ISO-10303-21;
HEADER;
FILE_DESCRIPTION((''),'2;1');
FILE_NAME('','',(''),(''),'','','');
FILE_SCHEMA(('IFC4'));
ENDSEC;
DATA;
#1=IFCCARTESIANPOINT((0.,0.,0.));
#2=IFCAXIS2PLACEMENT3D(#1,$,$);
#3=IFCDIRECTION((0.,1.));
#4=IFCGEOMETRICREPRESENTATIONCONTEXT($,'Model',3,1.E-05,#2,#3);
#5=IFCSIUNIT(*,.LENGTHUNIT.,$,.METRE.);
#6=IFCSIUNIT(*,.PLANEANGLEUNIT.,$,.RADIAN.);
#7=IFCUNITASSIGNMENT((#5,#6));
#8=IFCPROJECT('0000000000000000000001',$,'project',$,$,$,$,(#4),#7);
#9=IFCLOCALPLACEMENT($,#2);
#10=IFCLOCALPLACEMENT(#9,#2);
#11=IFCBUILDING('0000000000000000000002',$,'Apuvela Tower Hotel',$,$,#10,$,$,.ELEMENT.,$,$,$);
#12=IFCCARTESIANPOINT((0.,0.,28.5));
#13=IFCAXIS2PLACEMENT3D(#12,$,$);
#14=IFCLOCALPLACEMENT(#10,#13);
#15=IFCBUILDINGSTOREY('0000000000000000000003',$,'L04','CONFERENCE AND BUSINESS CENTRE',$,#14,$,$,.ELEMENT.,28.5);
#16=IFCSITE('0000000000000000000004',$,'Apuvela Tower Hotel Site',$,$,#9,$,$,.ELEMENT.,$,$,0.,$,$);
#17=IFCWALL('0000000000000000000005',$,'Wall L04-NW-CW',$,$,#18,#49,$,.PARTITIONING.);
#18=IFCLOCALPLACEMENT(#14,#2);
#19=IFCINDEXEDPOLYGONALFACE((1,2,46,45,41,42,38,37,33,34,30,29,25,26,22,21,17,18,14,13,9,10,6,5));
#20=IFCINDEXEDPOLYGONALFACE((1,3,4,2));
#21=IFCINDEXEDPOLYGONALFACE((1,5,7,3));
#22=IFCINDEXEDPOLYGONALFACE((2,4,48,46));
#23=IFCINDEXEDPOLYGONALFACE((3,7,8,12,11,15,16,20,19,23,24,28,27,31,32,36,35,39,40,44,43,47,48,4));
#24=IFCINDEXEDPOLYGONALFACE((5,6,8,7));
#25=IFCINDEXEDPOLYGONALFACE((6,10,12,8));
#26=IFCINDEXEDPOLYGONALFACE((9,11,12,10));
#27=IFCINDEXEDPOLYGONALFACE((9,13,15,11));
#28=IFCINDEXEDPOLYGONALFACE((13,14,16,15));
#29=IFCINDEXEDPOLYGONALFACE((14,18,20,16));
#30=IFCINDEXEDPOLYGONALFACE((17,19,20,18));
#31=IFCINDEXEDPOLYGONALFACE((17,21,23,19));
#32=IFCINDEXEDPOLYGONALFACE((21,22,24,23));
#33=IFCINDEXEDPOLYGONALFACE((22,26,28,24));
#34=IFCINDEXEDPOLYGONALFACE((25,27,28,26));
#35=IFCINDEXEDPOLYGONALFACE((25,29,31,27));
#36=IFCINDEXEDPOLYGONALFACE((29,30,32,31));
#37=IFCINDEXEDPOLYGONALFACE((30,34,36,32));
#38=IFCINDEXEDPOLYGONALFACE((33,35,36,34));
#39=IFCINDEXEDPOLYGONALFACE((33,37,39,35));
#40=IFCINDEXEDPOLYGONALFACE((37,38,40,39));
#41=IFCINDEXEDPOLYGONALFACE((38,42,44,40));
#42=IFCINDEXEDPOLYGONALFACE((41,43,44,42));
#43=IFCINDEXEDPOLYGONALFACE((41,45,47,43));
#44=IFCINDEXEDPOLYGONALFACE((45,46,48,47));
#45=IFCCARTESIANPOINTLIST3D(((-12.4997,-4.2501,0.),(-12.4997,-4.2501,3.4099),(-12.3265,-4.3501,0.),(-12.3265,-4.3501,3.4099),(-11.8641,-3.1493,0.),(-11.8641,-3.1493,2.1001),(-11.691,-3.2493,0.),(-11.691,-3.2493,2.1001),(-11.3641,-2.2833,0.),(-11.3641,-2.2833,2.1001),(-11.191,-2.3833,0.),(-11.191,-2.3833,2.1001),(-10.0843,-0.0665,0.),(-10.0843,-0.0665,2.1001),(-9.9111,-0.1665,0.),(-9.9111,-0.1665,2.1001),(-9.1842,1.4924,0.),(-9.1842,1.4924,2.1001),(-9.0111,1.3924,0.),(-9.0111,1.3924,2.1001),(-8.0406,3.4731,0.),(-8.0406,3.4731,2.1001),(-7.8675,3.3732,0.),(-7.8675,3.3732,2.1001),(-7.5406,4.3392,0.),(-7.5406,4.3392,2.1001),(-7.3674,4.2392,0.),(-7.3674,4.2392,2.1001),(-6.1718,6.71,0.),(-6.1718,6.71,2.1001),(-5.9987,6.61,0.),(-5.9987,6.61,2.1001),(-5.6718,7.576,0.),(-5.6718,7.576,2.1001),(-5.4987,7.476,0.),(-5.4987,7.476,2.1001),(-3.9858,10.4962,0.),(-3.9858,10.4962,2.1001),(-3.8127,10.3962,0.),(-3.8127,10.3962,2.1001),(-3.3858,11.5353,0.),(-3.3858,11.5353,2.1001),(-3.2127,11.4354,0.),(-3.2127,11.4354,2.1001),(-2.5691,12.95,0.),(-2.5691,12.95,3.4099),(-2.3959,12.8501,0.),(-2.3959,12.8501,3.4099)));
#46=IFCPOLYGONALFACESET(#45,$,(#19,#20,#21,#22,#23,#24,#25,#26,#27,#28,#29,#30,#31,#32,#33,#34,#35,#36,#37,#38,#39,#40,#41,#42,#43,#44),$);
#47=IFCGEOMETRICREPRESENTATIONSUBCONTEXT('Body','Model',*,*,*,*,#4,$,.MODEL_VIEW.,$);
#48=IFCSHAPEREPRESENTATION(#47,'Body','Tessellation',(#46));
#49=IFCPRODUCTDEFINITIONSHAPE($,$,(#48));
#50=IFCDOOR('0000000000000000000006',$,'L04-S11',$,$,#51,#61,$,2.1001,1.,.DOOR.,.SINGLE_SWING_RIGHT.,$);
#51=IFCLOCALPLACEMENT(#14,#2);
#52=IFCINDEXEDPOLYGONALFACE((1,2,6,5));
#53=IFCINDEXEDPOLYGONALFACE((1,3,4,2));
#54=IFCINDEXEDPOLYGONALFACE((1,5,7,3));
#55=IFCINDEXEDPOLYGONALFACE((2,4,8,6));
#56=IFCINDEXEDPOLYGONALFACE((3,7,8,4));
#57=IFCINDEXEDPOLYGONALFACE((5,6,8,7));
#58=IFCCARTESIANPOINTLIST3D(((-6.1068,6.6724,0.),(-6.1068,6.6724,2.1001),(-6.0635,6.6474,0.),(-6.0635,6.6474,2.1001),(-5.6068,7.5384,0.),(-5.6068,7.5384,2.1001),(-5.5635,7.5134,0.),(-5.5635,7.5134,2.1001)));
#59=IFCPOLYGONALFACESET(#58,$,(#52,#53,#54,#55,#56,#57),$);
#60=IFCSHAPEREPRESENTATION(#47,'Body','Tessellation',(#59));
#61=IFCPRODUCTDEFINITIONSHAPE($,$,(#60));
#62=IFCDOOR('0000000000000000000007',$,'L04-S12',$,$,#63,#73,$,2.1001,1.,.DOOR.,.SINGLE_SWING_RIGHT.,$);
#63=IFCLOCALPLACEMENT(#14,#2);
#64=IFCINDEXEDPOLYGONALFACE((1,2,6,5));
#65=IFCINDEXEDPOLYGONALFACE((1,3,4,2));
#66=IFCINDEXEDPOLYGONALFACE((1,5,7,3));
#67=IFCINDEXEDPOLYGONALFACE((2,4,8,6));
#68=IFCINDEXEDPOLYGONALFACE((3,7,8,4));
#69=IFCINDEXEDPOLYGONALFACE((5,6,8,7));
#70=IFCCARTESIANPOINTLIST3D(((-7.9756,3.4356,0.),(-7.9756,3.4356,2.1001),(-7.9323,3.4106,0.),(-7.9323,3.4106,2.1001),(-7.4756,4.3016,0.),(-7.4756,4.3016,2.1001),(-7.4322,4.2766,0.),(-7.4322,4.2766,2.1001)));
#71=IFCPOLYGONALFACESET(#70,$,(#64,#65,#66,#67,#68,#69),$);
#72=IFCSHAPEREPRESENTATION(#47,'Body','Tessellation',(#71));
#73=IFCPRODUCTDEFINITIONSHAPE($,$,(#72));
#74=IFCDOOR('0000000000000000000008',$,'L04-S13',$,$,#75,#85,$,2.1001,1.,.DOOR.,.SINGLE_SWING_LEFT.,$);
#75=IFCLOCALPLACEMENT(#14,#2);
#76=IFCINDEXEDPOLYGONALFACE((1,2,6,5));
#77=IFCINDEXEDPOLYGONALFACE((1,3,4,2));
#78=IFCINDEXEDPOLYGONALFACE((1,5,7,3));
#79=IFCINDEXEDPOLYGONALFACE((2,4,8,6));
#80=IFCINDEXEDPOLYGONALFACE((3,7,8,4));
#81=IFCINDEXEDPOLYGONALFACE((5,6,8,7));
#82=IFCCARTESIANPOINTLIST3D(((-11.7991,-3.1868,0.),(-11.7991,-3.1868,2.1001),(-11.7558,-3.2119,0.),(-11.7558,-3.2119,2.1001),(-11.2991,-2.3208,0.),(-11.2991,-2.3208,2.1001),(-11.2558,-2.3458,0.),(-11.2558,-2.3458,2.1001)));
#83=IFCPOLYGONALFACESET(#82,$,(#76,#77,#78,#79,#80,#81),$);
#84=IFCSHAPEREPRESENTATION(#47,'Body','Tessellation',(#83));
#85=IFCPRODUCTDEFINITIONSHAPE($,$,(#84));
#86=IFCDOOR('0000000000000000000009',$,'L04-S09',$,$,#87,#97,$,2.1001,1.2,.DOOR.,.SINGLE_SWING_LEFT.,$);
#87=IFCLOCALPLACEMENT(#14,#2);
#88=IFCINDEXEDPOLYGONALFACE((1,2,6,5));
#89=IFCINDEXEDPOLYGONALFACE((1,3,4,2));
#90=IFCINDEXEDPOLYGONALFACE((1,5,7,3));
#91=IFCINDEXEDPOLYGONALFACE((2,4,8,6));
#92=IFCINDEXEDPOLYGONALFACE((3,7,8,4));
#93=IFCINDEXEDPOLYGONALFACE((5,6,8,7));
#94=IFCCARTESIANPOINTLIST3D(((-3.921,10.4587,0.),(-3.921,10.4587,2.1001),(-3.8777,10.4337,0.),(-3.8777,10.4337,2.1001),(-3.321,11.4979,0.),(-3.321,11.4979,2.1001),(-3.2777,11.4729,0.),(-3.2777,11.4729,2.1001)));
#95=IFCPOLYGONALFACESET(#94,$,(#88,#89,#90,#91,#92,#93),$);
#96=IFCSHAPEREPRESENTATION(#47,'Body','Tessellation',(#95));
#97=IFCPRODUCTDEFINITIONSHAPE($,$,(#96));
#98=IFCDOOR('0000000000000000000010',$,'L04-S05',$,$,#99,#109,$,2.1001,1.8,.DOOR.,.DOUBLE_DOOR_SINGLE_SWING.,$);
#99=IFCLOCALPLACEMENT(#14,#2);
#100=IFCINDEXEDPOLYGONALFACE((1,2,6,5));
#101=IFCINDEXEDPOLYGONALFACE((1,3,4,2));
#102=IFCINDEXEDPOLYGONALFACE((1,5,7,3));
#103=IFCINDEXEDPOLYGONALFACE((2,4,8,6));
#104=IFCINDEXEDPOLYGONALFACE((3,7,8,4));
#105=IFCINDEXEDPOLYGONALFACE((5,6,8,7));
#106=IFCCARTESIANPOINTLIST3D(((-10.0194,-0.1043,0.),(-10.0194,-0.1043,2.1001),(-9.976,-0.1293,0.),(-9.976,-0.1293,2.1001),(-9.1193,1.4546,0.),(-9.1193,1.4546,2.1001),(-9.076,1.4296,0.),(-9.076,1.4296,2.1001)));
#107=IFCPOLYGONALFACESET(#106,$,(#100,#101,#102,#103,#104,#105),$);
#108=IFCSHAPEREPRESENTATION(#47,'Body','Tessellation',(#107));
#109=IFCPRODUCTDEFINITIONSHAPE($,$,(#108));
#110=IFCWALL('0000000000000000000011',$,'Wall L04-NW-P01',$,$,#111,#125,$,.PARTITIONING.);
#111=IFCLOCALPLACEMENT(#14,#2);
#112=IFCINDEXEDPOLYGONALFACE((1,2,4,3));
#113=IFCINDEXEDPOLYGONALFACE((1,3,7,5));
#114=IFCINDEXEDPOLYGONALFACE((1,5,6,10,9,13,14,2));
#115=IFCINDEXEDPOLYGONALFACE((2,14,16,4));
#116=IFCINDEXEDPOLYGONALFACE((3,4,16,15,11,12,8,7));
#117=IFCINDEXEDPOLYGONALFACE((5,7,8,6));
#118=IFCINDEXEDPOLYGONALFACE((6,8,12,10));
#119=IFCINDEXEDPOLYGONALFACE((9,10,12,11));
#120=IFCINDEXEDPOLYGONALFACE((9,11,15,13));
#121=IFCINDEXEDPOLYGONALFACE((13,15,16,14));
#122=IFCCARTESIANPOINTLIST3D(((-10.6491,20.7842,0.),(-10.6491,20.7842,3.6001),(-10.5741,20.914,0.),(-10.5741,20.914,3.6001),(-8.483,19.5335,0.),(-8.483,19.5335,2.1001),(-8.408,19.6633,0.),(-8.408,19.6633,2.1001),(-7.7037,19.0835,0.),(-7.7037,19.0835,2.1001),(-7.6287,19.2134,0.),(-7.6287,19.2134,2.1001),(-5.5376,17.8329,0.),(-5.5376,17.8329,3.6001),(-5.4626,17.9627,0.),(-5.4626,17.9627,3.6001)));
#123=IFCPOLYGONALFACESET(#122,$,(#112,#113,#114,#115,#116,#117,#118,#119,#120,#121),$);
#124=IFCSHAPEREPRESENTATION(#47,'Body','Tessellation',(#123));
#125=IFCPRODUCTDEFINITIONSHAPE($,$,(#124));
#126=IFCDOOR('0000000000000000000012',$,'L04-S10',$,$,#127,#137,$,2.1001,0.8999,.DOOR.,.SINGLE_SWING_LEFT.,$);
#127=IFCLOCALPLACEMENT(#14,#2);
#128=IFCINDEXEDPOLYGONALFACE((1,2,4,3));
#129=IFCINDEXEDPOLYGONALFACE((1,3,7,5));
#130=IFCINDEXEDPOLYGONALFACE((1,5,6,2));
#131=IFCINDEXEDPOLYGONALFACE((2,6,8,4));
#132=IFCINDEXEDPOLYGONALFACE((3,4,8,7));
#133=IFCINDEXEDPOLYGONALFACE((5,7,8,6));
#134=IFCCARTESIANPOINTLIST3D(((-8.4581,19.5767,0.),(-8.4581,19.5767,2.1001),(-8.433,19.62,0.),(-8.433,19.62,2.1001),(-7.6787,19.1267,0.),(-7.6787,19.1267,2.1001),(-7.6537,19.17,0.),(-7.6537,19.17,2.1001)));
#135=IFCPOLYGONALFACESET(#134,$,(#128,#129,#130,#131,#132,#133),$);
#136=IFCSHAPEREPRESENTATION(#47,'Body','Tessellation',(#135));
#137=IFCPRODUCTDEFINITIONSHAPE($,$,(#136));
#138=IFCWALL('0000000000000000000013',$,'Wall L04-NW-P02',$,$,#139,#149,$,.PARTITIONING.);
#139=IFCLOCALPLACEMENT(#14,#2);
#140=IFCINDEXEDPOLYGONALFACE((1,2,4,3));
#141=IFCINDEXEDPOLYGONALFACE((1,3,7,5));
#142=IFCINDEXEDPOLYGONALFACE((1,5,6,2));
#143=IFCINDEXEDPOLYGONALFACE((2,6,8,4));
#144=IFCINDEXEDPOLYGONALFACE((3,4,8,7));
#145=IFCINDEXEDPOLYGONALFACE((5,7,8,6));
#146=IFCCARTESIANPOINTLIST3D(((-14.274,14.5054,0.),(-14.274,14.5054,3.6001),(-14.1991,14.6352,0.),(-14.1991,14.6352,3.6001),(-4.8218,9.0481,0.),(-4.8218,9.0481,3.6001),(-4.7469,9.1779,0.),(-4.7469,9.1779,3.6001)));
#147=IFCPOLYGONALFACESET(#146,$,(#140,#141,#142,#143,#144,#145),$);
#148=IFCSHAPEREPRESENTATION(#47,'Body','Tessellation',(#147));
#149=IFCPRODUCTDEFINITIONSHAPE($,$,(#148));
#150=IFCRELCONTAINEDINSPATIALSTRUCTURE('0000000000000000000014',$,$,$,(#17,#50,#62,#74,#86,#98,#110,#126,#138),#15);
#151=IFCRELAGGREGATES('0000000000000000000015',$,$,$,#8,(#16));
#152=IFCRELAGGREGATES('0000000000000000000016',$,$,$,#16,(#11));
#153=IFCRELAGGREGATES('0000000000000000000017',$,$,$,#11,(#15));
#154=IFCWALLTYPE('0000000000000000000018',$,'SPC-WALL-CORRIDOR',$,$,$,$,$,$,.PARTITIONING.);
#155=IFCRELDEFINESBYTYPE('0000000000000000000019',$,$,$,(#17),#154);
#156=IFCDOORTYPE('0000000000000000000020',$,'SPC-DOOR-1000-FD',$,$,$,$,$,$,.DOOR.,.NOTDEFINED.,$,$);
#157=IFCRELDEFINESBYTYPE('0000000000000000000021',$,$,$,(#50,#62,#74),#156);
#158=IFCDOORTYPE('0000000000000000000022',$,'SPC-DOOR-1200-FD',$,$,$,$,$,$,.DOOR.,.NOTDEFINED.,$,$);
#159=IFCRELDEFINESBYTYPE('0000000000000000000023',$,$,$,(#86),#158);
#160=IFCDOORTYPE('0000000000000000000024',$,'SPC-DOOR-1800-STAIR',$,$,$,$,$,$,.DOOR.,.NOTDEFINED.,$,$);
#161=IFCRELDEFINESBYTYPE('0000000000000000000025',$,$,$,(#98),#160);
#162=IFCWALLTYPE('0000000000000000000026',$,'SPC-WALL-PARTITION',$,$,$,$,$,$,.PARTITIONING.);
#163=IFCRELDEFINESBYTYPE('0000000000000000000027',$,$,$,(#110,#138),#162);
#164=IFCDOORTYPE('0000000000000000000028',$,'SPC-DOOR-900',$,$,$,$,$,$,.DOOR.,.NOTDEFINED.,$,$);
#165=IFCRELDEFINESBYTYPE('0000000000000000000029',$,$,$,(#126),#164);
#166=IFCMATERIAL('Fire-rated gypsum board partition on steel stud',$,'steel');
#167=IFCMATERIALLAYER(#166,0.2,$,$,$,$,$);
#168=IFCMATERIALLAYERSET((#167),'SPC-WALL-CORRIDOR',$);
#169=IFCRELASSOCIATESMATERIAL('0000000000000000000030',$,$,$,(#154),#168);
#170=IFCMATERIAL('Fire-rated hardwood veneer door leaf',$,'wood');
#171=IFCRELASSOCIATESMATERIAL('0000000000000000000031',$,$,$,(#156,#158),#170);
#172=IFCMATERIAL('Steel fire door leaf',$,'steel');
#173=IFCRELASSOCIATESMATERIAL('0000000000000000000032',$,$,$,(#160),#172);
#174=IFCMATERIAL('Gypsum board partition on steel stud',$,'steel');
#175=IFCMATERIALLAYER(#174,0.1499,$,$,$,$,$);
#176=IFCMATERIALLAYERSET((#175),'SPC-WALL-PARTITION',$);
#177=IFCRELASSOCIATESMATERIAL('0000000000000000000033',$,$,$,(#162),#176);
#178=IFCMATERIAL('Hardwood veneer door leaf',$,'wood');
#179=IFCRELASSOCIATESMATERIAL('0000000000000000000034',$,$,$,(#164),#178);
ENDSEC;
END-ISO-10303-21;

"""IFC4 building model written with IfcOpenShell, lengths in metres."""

from ifc_helpers import new_model, si_unit, direction, frame, frame_2d, origin, place, context, subcontext, project, spatial, rectangle, extrude, material, layer, layer_set, type_object, element, fill, save


model = new_model("IFC4")

# Units and contexts
model_context = context("Model", 3, precision=1e-05, world=origin(), true_north=direction((0.0, 1.0)))
body_context = subcontext(model_context, "Body", "Model", "MODEL_VIEW")
ifc_project = project(units=[si_unit("LENGTHUNIT", "METRE"), si_unit("PLANEANGLEUNIT", "RADIAN")], contexts=[model_context])

# Site, building, storey
site_placement = place(None, origin())
site = spatial("IfcSite", under=ifc_project, at=site_placement, Name="Apuvela Tower Hotel Site", CompositionType="ELEMENT", RefElevation=0.0)
building_placement = place(site_placement, origin())
building = spatial("IfcBuilding", under=site, at=building_placement, Name="Apuvela Tower Hotel", CompositionType="ELEMENT")
storey_placement = place(building_placement, frame((0.0, 0.0, 28.5)))
storey = spatial("IfcBuildingStorey", under=building, at=storey_placement, Name="L04", Description="CONFERENCE AND BUSINESS CENTRE", CompositionType="ELEMENT", Elevation=28.5)

# Wall, openings, doors
ifc_material_1 = material(Name="Fire-rated gypsum board partition on steel stud", Category="steel")
ifc_layer_1 = layer(ifc_material_1, 0.2)
ifc_layer_set_1 = layer_set([ifc_layer_1], Name="SPC-WALL-CORRIDOR")
wall_type_1 = type_object("IfcWallType", Name="SPC-WALL-CORRIDOR", PredefinedType="PARTITIONING", material=ifc_layer_set_1)
wall_1_placement = place(storey_placement, frame((-2.4824, 12.9001, 0.0), z_axis=(0.0, 0.0, 1.0), x_axis=(-0.500005, -0.866023, 0.0)))
wall_1 = element("IfcWall", 1, at=wall_1_placement, inside=storey, type_object=wall_type_1, Name="Wall L04-NW-CW", PredefinedType="PARTITIONING", context=body_context, shape_type="SweptSolid", body=[
    extrude(rectangle(XDim=19.8611, YDim=0.2, at=frame_2d((9.9307, 0.0))), origin(), (0.0, 0.0, 1.0), 3.4099),
])
opening_1_placement = place(wall_1_placement, frame((13.2305, 0.0, 0.0)))
opening_1 = element("IfcOpeningElement", 2, at=opening_1_placement, cuts=wall_1, PredefinedType="OPENING", context=body_context, shape_type="SweptSolid", body=[
    extrude(rectangle(XDim=1.8, YDim=2.1001, at=frame_2d((0.8999, 1.05))), frame((0.0, 0.1099, 0.0), z_axis=(0.0, -1.0, 0.0), x_axis=(1.0, 0.0, 0.0)), (0.0, 0.0, 1.0), 0.22),
])
opening_2_placement = place(wall_1_placement, frame((1.6335, 0.0, 0.0)))
opening_2 = element("IfcOpeningElement", 3, at=opening_2_placement, cuts=wall_1, PredefinedType="OPENING", context=body_context, shape_type="SweptSolid", body=[
    extrude(rectangle(XDim=1.2, YDim=2.1001, at=frame_2d((0.6001, 1.05))), frame((0.0, 0.1099, 0.0), z_axis=(0.0, -1.0, 0.0), x_axis=(1.0, 0.0, 0.0)), (0.0, 0.0, 1.0), 0.22),
])
opening_3_placement = place(wall_1_placement, frame((6.2056, 0.0, 0.0)))
opening_3 = element("IfcOpeningElement", 4, at=opening_3_placement, cuts=wall_1, PredefinedType="OPENING", context=body_context, shape_type="SweptSolid", body=[
    extrude(rectangle(XDim=1.0, YDim=2.1001, at=frame_2d((0.5, 1.05))), frame((0.0, 0.1099, 0.0), z_axis=(0.0, -1.0, 0.0), x_axis=(1.0, 0.0, 0.0)), (0.0, 0.0, 1.0), 0.22),
])
opening_4_placement = place(wall_1_placement, frame((9.9431, 0.0, 0.0)))
opening_4 = element("IfcOpeningElement", 5, at=opening_4_placement, cuts=wall_1, PredefinedType="OPENING", context=body_context, shape_type="SweptSolid", body=[
    extrude(rectangle(XDim=1.0, YDim=2.1001, at=frame_2d((0.5, 1.05))), frame((0.0, 0.1099, 0.0), z_axis=(0.0, -1.0, 0.0), x_axis=(1.0, 0.0, 0.0)), (0.0, 0.0, 1.0), 0.22),
])
opening_5_placement = place(wall_1_placement, frame((17.5901, 0.0, 0.0)))
opening_5 = element("IfcOpeningElement", 6, at=opening_5_placement, cuts=wall_1, PredefinedType="OPENING", context=body_context, shape_type="SweptSolid", body=[
    extrude(rectangle(XDim=1.0, YDim=2.1001, at=frame_2d((0.5, 1.05))), frame((0.0, 0.1099, 0.0), z_axis=(0.0, -1.0, 0.0), x_axis=(1.0, 0.0, 0.0)), (0.0, 0.0, 1.0), 0.22),
])
ifc_material_2 = material(Name="Fire-rated hardwood veneer door leaf", Category="wood")
door_type_1 = type_object("IfcDoorType", Name="SPC-DOOR-1000-FD", OperationType="NOTDEFINED", PredefinedType="DOOR", material=ifc_material_2)
door_1_placement = place(opening_3_placement, frame((1.0, 0.0, 0.0), z_axis=(0.0, 0.0, 1.0), x_axis=(-1.0, 0.0, 0.0)))
door_1 = element("IfcDoor", 7, at=door_1_placement, inside=storey, type_object=door_type_1, Name="L04-S11", OperationType="SINGLE_SWING_RIGHT", OverallHeight=2.1001, OverallWidth=1.0, PredefinedType="DOOR", context=body_context, shape_type="SweptSolid", body=[
    extrude(rectangle(XDim=1.0, YDim=2.1001, at=frame_2d((0.5, 1.05))), frame((0.0, 0.0249, 0.0), z_axis=(0.0, -1.0, 0.0), x_axis=(1.0, 0.0, 0.0)), (0.0, 0.0, 1.0), 0.05),
])
fill(opening_3, door_1)
door_2_placement = place(opening_4_placement, frame((1.0, 0.0, 0.0), z_axis=(0.0, 0.0, 1.0), x_axis=(-1.0, 0.0, 0.0)))
door_2 = element("IfcDoor", 8, at=door_2_placement, inside=storey, type_object=door_type_1, Name="L04-S12", OperationType="SINGLE_SWING_RIGHT", OverallHeight=2.1001, OverallWidth=1.0, PredefinedType="DOOR", context=body_context, shape_type="SweptSolid", body=[
    extrude(rectangle(XDim=1.0, YDim=2.1001, at=frame_2d((0.5, 1.05))), frame((0.0, 0.0249, 0.0), z_axis=(0.0, -1.0, 0.0), x_axis=(1.0, 0.0, 0.0)), (0.0, 0.0, 1.0), 0.05),
])
fill(opening_4, door_2)
door_3_placement = place(opening_5_placement, frame((1.0, 0.0, 0.0), z_axis=(0.0, 0.0, 1.0), x_axis=(-1.0, 0.0, 0.0)))
door_3 = element("IfcDoor", 9, at=door_3_placement, inside=storey, type_object=door_type_1, Name="L04-S13", OperationType="SINGLE_SWING_LEFT", OverallHeight=2.1001, OverallWidth=1.0, PredefinedType="DOOR", context=body_context, shape_type="SweptSolid", body=[
    extrude(rectangle(XDim=1.0, YDim=2.1001, at=frame_2d((0.5, 1.05))), frame((0.0, 0.0249, 0.0), z_axis=(0.0, -1.0, 0.0), x_axis=(1.0, 0.0, 0.0)), (0.0, 0.0, 1.0), 0.05),
])
fill(opening_5, door_3)
door_type_2 = type_object("IfcDoorType", Name="SPC-DOOR-1200-FD", OperationType="NOTDEFINED", PredefinedType="DOOR", material=ifc_material_2)
door_4_placement = place(opening_2_placement, origin())
door_4 = element("IfcDoor", 10, at=door_4_placement, inside=storey, type_object=door_type_2, Name="L04-S09", OperationType="SINGLE_SWING_LEFT", OverallHeight=2.1001, OverallWidth=1.2, PredefinedType="DOOR", context=body_context, shape_type="SweptSolid", body=[
    extrude(rectangle(XDim=1.2, YDim=2.1001, at=frame_2d((0.6001, 1.05))), frame((0.0, 0.0249, 0.0), z_axis=(0.0, -1.0, 0.0), x_axis=(1.0, 0.0, 0.0)), (0.0, 0.0, 1.0), 0.05),
])
fill(opening_2, door_4)
ifc_material_3 = material(Name="Steel fire door leaf", Category="steel")
door_type_3 = type_object("IfcDoorType", Name="SPC-DOOR-1800-STAIR", OperationType="NOTDEFINED", PredefinedType="DOOR", material=ifc_material_3)
door_5_placement = place(opening_1_placement, frame((1.8, 0.0, 0.0), z_axis=(0.0, 0.0, 1.0), x_axis=(-1.0, 0.0, 0.0)))
door_5 = element("IfcDoor", 11, at=door_5_placement, inside=storey, type_object=door_type_3, Name="L04-S05", OperationType="DOUBLE_DOOR_SINGLE_SWING", OverallHeight=2.1001, OverallWidth=1.8, PredefinedType="DOOR", context=body_context, shape_type="SweptSolid", body=[
    extrude(rectangle(XDim=1.8, YDim=2.1001, at=frame_2d((0.8999, 1.05))), frame((0.0, 0.0249, 0.0), z_axis=(0.0, -1.0, 0.0), x_axis=(1.0, 0.0, 0.0)), (0.0, 0.0, 1.0), 0.05),
])
fill(opening_1, door_5)

# Wall, opening, door
ifc_material_4 = material(Name="Gypsum board partition on steel stud", Category="steel")
ifc_layer_2 = layer(ifc_material_4, 0.1499)
ifc_layer_set_2 = layer_set([ifc_layer_2], Name="SPC-WALL-PARTITION")
wall_type_2 = type_object("IfcWallType", Name="SPC-WALL-PARTITION", PredefinedType="PARTITIONING", material=ifc_layer_set_2)
wall_2_placement = place(storey_placement, frame((-10.6116, 20.8491, 0.0), z_axis=(0.0, 0.0, 1.0), x_axis=(0.866007, -0.500032, 0.0)))
wall_2 = element("IfcWall", 12, at=wall_2_placement, inside=storey, type_object=wall_type_2, Name="Wall L04-NW-P01", PredefinedType="PARTITIONING", context=body_context, shape_type="SweptSolid", body=[
    extrude(rectangle(XDim=5.9023, YDim=0.1499, at=frame_2d((2.9512, 0.0))), origin(), (0.0, 0.0, 1.0), 3.6001),
])
opening_6_placement = place(wall_2_placement, frame((2.5012, 0.0, 0.0)))
opening_6 = element("IfcOpeningElement", 13, at=opening_6_placement, cuts=wall_2, PredefinedType="OPENING", context=body_context, shape_type="SweptSolid", body=[
    extrude(rectangle(XDim=0.8999, YDim=2.1001, at=frame_2d((0.45, 1.05))), frame((0.0, 0.085, 0.0), z_axis=(0.0, -1.0, 0.0), x_axis=(1.0, 0.0, 0.0)), (0.0, 0.0, 1.0), 0.1699),
])
ifc_material_5 = material(Name="Hardwood veneer door leaf", Category="wood")
door_type_4 = type_object("IfcDoorType", Name="SPC-DOOR-900", OperationType="NOTDEFINED", PredefinedType="DOOR", material=ifc_material_5)
door_6_placement = place(opening_6_placement, origin())
door_6 = element("IfcDoor", 14, at=door_6_placement, inside=storey, type_object=door_type_4, Name="L04-S10", OperationType="SINGLE_SWING_LEFT", OverallHeight=2.1001, OverallWidth=0.8999, PredefinedType="DOOR", context=body_context, shape_type="SweptSolid", body=[
    extrude(rectangle(XDim=0.8999, YDim=2.1001, at=frame_2d((0.45, 1.05))), frame((0.0, 0.0249, 0.0), z_axis=(0.0, -1.0, 0.0), x_axis=(1.0, 0.0, 0.0)), (0.0, 0.0, 1.0), 0.05),
])
fill(opening_6, door_6)

# Wall
wall_3_placement = place(storey_placement, frame((-14.2366, 14.5703, 0.0), z_axis=(0.0, 0.0, 1.0), x_axis=(0.866022, -0.500005, 0.0)))
element("IfcWall", 15, at=wall_3_placement, inside=storey, type_object=wall_type_2, Name="Wall L04-NW-P02", PredefinedType="PARTITIONING", context=body_context, shape_type="SweptSolid", body=[
    extrude(rectangle(XDim=10.9146, YDim=0.1499, at=frame_2d((5.4573, 0.0))), origin(), (0.0, 0.0, 1.0), 3.6001),
])

save(model, "model.ifc")
